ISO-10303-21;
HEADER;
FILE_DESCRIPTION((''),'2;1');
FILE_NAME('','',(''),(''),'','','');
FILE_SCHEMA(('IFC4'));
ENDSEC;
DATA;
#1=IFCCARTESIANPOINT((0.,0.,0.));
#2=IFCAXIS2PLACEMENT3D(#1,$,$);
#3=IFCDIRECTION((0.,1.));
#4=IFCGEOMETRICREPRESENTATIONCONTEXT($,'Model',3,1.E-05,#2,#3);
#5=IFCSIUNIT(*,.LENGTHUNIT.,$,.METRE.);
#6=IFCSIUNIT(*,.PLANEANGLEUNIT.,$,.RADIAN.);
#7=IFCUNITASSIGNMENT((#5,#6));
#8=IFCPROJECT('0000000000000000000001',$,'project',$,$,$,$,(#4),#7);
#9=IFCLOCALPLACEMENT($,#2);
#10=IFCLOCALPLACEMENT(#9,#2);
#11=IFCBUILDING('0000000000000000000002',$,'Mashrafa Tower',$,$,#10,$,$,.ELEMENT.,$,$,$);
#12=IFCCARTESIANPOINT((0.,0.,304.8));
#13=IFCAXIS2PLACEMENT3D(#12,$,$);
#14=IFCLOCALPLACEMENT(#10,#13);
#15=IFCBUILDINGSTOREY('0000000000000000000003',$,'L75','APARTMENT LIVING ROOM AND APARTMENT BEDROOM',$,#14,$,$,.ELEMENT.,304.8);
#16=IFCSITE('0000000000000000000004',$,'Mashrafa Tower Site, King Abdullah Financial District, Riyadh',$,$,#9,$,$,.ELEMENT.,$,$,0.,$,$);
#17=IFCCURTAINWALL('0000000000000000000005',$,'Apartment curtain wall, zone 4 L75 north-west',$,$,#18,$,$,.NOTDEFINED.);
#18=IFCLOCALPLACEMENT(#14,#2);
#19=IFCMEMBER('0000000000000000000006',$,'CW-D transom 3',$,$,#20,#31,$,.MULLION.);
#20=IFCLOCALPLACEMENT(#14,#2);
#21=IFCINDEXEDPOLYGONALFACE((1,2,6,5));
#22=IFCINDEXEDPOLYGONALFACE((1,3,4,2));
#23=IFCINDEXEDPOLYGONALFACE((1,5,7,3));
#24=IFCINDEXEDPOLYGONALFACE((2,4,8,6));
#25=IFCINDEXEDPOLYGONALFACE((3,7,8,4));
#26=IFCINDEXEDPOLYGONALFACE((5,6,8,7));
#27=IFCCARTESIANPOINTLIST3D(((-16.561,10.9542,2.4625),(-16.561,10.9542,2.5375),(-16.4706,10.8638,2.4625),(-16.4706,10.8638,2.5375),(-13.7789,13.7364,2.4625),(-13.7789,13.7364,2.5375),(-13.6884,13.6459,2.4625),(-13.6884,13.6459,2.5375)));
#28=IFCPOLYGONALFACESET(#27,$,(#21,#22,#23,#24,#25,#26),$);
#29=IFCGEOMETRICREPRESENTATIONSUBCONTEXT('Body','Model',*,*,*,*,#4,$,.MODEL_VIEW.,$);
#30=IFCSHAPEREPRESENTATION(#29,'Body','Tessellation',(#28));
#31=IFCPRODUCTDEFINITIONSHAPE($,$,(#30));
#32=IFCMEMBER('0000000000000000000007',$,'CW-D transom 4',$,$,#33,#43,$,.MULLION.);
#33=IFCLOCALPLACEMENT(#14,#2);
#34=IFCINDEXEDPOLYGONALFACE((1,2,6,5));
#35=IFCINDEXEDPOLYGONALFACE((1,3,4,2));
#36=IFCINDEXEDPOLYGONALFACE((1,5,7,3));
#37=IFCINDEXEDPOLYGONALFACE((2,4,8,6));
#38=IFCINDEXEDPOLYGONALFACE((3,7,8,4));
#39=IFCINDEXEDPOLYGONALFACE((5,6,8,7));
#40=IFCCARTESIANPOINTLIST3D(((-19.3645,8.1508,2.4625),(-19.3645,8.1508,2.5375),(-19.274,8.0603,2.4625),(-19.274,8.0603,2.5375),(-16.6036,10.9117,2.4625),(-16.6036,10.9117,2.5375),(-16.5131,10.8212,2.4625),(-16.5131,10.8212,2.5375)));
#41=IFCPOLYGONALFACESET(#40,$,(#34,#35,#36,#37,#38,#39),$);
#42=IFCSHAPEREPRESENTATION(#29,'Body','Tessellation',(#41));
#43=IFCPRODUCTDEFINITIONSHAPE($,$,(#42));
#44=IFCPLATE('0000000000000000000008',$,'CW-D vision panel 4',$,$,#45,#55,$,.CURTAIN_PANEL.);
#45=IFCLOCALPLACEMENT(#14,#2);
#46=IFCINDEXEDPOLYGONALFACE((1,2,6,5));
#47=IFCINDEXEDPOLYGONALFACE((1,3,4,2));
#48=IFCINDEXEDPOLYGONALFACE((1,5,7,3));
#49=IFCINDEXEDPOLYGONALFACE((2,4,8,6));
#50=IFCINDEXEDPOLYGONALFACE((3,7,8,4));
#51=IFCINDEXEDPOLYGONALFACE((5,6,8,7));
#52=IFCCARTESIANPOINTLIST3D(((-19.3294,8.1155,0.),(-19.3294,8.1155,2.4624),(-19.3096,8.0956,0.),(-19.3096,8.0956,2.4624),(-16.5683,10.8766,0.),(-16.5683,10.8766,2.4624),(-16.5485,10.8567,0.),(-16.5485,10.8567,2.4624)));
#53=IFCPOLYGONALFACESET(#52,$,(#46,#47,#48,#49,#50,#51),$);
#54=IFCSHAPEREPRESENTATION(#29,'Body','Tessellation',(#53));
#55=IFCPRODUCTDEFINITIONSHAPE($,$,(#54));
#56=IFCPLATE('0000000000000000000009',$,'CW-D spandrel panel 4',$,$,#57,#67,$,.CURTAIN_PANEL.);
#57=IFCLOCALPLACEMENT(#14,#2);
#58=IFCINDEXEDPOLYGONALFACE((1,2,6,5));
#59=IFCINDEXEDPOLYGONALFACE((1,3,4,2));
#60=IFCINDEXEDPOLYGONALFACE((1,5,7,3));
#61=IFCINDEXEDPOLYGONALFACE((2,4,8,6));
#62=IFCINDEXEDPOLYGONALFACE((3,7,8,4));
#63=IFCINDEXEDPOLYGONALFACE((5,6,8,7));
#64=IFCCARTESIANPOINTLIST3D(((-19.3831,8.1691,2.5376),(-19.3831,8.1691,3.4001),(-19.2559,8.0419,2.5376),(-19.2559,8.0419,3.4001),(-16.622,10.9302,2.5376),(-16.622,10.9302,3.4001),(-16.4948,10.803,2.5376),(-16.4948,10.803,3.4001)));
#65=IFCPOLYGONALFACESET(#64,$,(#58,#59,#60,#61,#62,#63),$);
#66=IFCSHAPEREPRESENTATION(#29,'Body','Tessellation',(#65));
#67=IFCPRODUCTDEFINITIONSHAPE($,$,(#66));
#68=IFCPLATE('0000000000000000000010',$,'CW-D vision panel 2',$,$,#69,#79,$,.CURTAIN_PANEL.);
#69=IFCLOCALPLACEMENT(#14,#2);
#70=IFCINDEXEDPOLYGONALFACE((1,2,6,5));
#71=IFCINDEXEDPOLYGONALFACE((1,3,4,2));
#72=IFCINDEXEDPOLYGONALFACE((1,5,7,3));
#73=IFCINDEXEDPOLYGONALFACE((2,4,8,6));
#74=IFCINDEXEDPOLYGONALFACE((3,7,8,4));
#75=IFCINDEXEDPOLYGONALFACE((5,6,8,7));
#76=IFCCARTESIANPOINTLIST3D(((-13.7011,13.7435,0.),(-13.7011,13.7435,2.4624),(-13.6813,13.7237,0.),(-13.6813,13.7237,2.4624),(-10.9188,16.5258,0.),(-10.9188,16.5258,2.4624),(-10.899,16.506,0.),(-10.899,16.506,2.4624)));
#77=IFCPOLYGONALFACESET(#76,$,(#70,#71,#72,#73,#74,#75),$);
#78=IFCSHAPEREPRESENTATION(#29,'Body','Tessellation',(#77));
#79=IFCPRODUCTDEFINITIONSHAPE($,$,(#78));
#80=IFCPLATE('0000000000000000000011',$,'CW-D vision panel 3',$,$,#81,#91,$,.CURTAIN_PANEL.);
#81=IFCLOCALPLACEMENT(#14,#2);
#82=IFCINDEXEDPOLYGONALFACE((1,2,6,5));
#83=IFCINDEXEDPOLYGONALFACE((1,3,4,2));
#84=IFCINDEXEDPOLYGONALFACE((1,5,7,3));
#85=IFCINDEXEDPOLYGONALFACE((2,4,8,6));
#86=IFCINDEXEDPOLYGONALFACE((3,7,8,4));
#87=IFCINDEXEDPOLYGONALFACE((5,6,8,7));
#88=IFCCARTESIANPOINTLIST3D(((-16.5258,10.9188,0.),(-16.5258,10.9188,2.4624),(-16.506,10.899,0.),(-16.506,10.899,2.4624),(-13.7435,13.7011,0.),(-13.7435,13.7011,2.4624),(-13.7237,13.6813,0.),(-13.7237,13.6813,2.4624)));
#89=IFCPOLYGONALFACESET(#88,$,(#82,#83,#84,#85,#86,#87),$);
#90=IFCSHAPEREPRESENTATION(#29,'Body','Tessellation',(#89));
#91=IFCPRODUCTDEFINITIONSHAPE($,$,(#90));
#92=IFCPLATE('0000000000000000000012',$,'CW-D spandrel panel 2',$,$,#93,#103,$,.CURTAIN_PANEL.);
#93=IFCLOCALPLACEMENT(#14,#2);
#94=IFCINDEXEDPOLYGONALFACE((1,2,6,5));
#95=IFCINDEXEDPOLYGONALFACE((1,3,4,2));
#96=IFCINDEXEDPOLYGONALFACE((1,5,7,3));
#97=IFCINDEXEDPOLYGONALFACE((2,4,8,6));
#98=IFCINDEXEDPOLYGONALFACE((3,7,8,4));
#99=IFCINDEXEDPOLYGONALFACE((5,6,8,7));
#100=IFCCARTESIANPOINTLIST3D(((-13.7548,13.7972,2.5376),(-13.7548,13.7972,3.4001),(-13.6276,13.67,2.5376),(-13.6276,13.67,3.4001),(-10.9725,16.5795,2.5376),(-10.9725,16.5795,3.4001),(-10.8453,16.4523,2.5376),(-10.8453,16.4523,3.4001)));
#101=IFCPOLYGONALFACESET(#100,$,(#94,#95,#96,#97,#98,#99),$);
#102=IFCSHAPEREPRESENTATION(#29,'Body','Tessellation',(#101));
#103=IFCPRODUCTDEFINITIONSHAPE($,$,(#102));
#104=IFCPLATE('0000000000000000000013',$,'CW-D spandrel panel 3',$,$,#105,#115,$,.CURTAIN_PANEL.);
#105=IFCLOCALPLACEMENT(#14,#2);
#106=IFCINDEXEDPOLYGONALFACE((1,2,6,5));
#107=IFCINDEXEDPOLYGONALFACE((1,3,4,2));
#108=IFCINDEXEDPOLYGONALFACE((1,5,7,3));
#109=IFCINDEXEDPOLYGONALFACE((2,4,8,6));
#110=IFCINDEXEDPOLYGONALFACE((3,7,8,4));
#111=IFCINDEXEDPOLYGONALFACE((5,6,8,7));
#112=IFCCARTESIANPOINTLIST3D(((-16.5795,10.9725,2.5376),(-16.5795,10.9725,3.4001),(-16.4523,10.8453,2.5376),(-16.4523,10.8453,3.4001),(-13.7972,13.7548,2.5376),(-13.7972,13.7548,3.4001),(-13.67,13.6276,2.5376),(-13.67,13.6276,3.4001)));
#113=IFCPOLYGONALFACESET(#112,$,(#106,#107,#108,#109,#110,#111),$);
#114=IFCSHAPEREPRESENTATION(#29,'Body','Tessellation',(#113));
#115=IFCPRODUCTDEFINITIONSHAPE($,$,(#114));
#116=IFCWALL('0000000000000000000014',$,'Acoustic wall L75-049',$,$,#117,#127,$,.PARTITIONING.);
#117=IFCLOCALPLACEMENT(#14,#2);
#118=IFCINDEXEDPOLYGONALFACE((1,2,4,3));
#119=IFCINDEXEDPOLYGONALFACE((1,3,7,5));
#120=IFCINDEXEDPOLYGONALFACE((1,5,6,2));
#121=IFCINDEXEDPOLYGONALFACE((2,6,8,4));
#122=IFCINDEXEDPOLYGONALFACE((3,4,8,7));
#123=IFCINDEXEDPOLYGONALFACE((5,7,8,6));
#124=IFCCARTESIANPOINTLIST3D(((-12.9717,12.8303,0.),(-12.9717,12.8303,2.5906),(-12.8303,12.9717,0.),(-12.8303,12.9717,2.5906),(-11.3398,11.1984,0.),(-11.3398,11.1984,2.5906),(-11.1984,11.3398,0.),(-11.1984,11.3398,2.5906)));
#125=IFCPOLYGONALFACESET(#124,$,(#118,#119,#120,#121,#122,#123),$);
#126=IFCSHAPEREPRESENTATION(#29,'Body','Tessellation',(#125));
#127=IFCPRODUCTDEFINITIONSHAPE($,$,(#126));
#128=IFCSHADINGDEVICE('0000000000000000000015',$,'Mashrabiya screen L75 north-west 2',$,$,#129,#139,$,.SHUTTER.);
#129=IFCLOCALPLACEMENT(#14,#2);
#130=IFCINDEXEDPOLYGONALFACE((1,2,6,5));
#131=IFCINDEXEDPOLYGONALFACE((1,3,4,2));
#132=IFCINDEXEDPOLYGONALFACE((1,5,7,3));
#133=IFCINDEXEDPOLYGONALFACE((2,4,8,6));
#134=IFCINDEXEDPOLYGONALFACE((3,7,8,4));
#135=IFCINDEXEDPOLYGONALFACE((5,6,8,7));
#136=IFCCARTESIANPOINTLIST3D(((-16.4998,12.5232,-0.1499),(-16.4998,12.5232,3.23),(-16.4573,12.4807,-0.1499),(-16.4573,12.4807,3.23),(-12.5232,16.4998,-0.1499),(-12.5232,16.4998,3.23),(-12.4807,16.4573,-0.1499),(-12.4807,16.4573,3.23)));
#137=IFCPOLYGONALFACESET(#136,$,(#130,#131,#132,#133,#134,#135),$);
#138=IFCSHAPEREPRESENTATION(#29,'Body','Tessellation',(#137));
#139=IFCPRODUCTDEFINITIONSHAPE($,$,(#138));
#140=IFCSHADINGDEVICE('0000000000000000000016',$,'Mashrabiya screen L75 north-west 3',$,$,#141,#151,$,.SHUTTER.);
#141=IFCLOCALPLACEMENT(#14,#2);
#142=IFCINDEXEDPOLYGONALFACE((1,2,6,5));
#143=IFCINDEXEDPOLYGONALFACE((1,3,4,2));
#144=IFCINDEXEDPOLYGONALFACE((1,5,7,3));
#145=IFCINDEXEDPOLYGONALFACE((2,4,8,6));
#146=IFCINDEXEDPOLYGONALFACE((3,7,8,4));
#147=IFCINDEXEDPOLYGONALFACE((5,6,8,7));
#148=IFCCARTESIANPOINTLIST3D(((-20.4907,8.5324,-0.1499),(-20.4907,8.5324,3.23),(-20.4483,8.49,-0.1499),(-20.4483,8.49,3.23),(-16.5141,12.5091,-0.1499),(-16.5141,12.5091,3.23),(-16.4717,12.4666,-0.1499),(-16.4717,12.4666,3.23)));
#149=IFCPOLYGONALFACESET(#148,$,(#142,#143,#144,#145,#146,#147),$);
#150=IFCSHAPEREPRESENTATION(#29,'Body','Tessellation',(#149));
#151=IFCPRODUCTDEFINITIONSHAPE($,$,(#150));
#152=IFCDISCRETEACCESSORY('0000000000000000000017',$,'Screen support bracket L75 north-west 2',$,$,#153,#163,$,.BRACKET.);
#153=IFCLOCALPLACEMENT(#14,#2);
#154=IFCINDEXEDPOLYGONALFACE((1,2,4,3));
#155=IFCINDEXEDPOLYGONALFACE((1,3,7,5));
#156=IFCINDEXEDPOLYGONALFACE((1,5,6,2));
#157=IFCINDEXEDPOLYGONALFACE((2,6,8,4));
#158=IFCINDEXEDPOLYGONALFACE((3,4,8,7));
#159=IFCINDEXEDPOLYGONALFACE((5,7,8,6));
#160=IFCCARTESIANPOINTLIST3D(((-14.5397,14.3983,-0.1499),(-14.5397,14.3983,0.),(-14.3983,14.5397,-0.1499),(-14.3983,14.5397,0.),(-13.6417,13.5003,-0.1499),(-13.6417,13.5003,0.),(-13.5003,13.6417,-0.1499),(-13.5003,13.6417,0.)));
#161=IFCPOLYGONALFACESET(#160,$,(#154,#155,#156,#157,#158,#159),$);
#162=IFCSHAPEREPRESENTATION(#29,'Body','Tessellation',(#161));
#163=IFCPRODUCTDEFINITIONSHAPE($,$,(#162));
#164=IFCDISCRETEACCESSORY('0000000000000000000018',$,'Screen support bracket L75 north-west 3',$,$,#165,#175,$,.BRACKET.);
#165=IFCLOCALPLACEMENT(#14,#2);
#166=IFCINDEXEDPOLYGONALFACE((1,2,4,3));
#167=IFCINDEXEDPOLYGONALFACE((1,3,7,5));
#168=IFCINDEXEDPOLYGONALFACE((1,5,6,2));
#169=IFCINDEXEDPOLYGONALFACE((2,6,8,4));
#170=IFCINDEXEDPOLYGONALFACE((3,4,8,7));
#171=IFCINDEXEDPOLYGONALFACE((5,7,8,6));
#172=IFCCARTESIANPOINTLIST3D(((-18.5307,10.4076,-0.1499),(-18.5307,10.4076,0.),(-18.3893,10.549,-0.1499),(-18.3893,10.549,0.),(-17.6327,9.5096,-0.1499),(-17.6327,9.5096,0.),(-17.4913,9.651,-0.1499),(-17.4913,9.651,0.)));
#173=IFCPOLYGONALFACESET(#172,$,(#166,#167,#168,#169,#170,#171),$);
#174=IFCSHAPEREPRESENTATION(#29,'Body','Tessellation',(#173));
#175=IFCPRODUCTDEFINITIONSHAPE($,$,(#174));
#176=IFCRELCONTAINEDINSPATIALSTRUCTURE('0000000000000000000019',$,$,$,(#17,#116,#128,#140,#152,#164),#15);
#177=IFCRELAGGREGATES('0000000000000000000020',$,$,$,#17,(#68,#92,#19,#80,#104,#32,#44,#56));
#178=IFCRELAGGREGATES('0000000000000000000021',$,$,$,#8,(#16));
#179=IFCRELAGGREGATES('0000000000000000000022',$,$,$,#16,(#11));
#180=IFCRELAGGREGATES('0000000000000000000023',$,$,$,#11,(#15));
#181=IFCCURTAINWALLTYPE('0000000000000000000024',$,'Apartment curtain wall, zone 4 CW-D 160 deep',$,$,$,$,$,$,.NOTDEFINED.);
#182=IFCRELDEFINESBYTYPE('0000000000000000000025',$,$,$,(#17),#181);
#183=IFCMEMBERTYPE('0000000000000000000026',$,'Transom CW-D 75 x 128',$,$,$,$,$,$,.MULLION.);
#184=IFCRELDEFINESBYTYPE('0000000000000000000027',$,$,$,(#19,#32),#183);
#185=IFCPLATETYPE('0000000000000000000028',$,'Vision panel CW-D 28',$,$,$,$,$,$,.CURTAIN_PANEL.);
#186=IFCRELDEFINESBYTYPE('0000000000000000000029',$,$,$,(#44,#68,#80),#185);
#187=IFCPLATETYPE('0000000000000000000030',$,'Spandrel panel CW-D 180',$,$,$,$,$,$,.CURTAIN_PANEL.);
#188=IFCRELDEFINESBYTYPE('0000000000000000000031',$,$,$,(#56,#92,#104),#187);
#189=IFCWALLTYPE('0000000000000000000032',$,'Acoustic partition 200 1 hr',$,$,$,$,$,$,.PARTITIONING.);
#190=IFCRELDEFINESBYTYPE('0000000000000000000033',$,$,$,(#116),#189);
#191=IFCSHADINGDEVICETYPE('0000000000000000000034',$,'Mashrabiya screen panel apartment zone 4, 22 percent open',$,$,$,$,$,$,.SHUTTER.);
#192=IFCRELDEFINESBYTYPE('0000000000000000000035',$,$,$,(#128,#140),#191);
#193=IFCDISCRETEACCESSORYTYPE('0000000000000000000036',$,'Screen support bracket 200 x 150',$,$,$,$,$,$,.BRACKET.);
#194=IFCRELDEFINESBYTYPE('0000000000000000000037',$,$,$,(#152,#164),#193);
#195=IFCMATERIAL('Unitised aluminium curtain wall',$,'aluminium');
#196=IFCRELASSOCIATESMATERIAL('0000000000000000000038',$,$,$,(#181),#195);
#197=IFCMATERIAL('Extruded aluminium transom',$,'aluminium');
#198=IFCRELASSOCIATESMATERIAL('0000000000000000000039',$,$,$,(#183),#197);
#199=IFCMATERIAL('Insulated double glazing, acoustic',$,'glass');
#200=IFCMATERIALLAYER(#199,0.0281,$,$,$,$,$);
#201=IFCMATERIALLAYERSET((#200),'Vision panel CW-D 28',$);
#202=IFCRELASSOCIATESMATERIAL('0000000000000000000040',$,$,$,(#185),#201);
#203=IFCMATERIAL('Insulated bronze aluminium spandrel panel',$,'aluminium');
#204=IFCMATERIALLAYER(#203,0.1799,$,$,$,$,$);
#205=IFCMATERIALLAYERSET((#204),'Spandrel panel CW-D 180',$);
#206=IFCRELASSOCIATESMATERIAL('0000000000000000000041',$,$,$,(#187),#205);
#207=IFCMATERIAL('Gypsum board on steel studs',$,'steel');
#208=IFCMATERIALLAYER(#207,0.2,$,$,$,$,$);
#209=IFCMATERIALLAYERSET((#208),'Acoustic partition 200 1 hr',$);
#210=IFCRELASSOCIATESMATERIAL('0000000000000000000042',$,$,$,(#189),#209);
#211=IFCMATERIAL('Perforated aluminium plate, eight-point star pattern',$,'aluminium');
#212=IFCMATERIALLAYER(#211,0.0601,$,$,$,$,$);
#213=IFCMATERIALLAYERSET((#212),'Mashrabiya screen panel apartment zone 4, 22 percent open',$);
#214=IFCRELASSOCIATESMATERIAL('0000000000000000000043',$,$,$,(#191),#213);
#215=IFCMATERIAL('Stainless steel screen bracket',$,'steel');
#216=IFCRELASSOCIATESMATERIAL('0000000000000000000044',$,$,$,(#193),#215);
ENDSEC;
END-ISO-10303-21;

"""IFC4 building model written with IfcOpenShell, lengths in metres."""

from ifc_helpers import new_model, si_unit, direction, frame, frame_2d, origin, origin_2d, place, context, subcontext, project, spatial, rectangle, extrude, source, transform, mapped, material, layer, layer_set, material_profile, profile_set, type_object, type_shapes, element, aggregate, save


model = new_model("IFC4")

# Units and contexts
model_context = context("Model", 3, precision=1e-05, world=origin(), true_north=direction((0.0, 1.0)))
body_context = subcontext(model_context, "Body", "Model", "MODEL_VIEW")
ifc_project = project(units=[si_unit("LENGTHUNIT", "METRE"), si_unit("PLANEANGLEUNIT", "RADIAN")], contexts=[model_context])

# Site, building, storey
site_placement = place(None, origin())
site = spatial("IfcSite", under=ifc_project, at=site_placement, Name="Mashrafa Tower Site, King Abdullah Financial District, Riyadh", CompositionType="ELEMENT", RefElevation=0.0)
building_placement = place(site_placement, origin())
building = spatial("IfcBuilding", under=site, at=building_placement, Name="Mashrafa Tower", CompositionType="ELEMENT")
storey_placement = place(building_placement, frame((0.0, 0.0, 304.8)))
storey = spatial("IfcBuildingStorey", under=building, at=storey_placement, Name="L75", Description="APARTMENT LIVING ROOM AND APARTMENT BEDROOM", CompositionType="ELEMENT", Elevation=304.8)

# Curtain wall
ifc_material_1 = material(Name="Unitised aluminium curtain wall", Category="aluminium")
curtain_wall_type = type_object("IfcCurtainWallType", Name="Apartment curtain wall, zone 4 CW-D 160 deep", PredefinedType="NOTDEFINED", material=ifc_material_1)
curtain_wall_1_placement = place(storey_placement, origin())
curtain_wall_1 = element("IfcCurtainWall", 1, at=curtain_wall_1_placement, inside=storey, type_object=curtain_wall_type, Name="Apartment curtain wall, zone 4 L75 north-west", PredefinedType="NOTDEFINED")
ifc_material_2 = material(Name="Extruded aluminium transom", Category="aluminium")
ifc_material_profile_1 = material_profile(ifc_material_2, rectangle(XDim=0.1279, YDim=0.075, at=origin_2d()), Name="Transom 75x128")
ifc_profile_set_1 = profile_set([ifc_material_profile_1], Name="Extruded aluminium transom")
member_type_1 = type_object("IfcMemberType", Name="Transom CW-D 75 x 128", PredefinedType="MULLION", material=ifc_profile_set_1)

# Members
shared_shape_1 = source(origin(), body_context, "Body", "SweptSolid", [
    extrude(rectangle(XDim=0.1279, YDim=0.075, at=origin_2d()), origin(), (0.0, 0.0, 1.0), 3.9346),
])
member_1_placement = place(storey_placement, frame((-13.7336, 13.6912, 2.5), z_axis=(-0.707107, -0.707107, 0.0), x_axis=(0.707107, -0.707107, 0.0)))
member_1 = element("IfcMember", 2, at=member_1_placement, type_object=member_type_1, Name="CW-D transom 3", PredefinedType="MULLION", context=body_context, shape_type="MappedRepresentation", body=[
    mapped(shared_shape_1, transform((0.0, 0.0, 0.0))),
])
shared_shape_2 = source(origin(), body_context, "Body", "SweptSolid", [
    extrude(rectangle(XDim=0.1279, YDim=0.075, at=origin_2d()), origin(), (0.0, 0.0, 1.0), 3.9045),
])
member_2_placement = place(storey_placement, frame((-16.5583, 10.8665, 2.5), z_axis=(-0.707107, -0.707107, 0.0), x_axis=(0.707107, -0.707107, 0.0)))
member_2 = element("IfcMember", 3, at=member_2_placement, type_object=member_type_1, Name="CW-D transom 4", PredefinedType="MULLION", context=body_context, shape_type="MappedRepresentation", body=[
    mapped(shared_shape_2, transform((0.0, 0.0, 0.0))),
])

# Plates
ifc_material_3 = material(Name="Insulated double glazing, acoustic", Category="glass")
ifc_layer_1 = layer(ifc_material_3, 0.0281)
ifc_layer_set_1 = layer_set([ifc_layer_1], Name="Vision panel CW-D 28")
plate_type_1 = type_object("IfcPlateType", Name="Vision panel CW-D 28", PredefinedType="CURTAIN_PANEL", material=ifc_layer_set_1)
shared_shape_3 = source(origin(), body_context, "Body", "SweptSolid", [
    extrude(rectangle(XDim=3.9048, YDim=0.0281, at=origin_2d()), origin(), (0.0, 0.0, 1.0), 2.4624),
])
plate_1_placement = place(storey_placement, frame((-17.939, 9.4861, 0.0), z_axis=(0.0, 0.0, 1.0), x_axis=(-0.707107, -0.707107, 0.0)))
plate_1 = element("IfcPlate", 4, at=plate_1_placement, type_object=plate_type_1, Name="CW-D vision panel 4", PredefinedType="CURTAIN_PANEL", context=body_context, shape_type="MappedRepresentation", body=[
    mapped(shared_shape_3, transform((0.0, 0.0, 0.0))),
])
ifc_material_4 = material(Name="Insulated bronze aluminium spandrel panel", Category="aluminium")
ifc_layer_2 = layer(ifc_material_4, 0.1799)
ifc_layer_set_2 = layer_set([ifc_layer_2], Name="Spandrel panel CW-D 180")
plate_type_2 = type_object("IfcPlateType", Name="Spandrel panel CW-D 180", PredefinedType="CURTAIN_PANEL", material=ifc_layer_set_2)
shared_shape_4 = source(origin(), body_context, "Body", "SweptSolid", [
    extrude(rectangle(XDim=3.9048, YDim=0.1799, at=origin_2d()), origin(), (0.0, 0.0, 1.0), 0.8625),
])
plate_2_placement = place(storey_placement, frame((-17.939, 9.4861, 2.5376), z_axis=(0.0, 0.0, 1.0), x_axis=(-0.707107, -0.707107, 0.0)))
plate_2 = element("IfcPlate", 5, at=plate_2_placement, type_object=plate_type_2, Name="CW-D spandrel panel 4", PredefinedType="CURTAIN_PANEL", context=body_context, shape_type="MappedRepresentation", body=[
    mapped(shared_shape_4, transform((0.0, 0.0, 0.0))),
])
shared_shape_5 = source(origin(), body_context, "Body", "SweptSolid", [
    extrude(rectangle(XDim=3.9348, YDim=0.0281, at=origin_2d()), origin(), (0.0, 0.0, 1.0), 2.4624),
])
type_shapes(plate_type_1, [shared_shape_3, shared_shape_5])
plate_3_placement = place(storey_placement, frame((-12.3, 15.1248, 0.0), z_axis=(0.0, 0.0, 1.0), x_axis=(-0.707107, -0.707107, 0.0)))
plate_3 = element("IfcPlate", 6, at=plate_3_placement, type_object=plate_type_1, Name="CW-D vision panel 2", PredefinedType="CURTAIN_PANEL", context=body_context, shape_type="MappedRepresentation", body=[
    mapped(shared_shape_5, transform((0.0, 0.0, 0.0))),
])
plate_4_placement = place(storey_placement, frame((-15.1248, 12.3, 0.0), z_axis=(0.0, 0.0, 1.0), x_axis=(-0.707107, -0.707107, 0.0)))
plate_4 = element("IfcPlate", 7, at=plate_4_placement, type_object=plate_type_1, Name="CW-D vision panel 3", PredefinedType="CURTAIN_PANEL", context=body_context, shape_type="MappedRepresentation", body=[
    mapped(shared_shape_5, transform((0.0, 0.0, 0.0))),
])
shared_shape_6 = source(origin(), body_context, "Body", "SweptSolid", [
    extrude(rectangle(XDim=3.9348, YDim=0.1799, at=origin_2d()), origin(), (0.0, 0.0, 1.0), 0.8625),
])
type_shapes(plate_type_2, [shared_shape_4, shared_shape_6])
plate_5_placement = place(storey_placement, frame((-12.3, 15.1248, 2.5376), z_axis=(0.0, 0.0, 1.0), x_axis=(-0.707107, -0.707107, 0.0)))
plate_5 = element("IfcPlate", 8, at=plate_5_placement, type_object=plate_type_2, Name="CW-D spandrel panel 2", PredefinedType="CURTAIN_PANEL", context=body_context, shape_type="MappedRepresentation", body=[
    mapped(shared_shape_6, transform((0.0, 0.0, 0.0))),
])
plate_6_placement = place(storey_placement, frame((-15.1248, 12.3, 2.5376), z_axis=(0.0, 0.0, 1.0), x_axis=(-0.707107, -0.707107, 0.0)))
plate_6 = element("IfcPlate", 9, at=plate_6_placement, type_object=plate_type_2, Name="CW-D spandrel panel 3", PredefinedType="CURTAIN_PANEL", context=body_context, shape_type="MappedRepresentation", body=[
    mapped(shared_shape_6, transform((0.0, 0.0, 0.0))),
])
aggregate(curtain_wall_1, [plate_3, plate_5, member_1, plate_4, plate_6, member_2, plate_1, plate_2])

# Wall
ifc_material_5 = material(Name="Gypsum board on steel studs", Category="steel")
ifc_layer_3 = layer(ifc_material_5, 0.2)
ifc_layer_set_3 = layer_set([ifc_layer_3], Name="Acoustic partition 200 1 hr")
wall_type = type_object("IfcWallType", Name="Acoustic partition 200 1 hr", PredefinedType="PARTITIONING", material=ifc_layer_set_3)
wall_placement = place(storey_placement, frame((-12.9009, 12.9009, 0.0), z_axis=(0.0, 0.0, 1.0), x_axis=(0.707107, -0.707107, 0.0)))
element("IfcWall", 10, at=wall_placement, inside=storey, type_object=wall_type, Name="Acoustic wall L75-049", PredefinedType="PARTITIONING", context=body_context, shape_type="SweptSolid", body=[
    extrude(rectangle(XDim=2.3079, YDim=0.2, at=frame_2d((1.1538, 0.0))), origin(), (0.0, 0.0, 1.0), 2.5906),
])

# Shading devices
ifc_material_6 = material(Name="Perforated aluminium plate, eight-point star pattern", Category="aluminium")
ifc_layer_4 = layer(ifc_material_6, 0.0601)
ifc_layer_set_4 = layer_set([ifc_layer_4], Name="Mashrabiya screen panel apartment zone 4, 22 percent open")
shading_device_type = type_object("IfcShadingDeviceType", Name="Mashrabiya screen panel apartment zone 4, 22 percent open", PredefinedType="SHUTTER", material=ifc_layer_set_4)
shared_shape_7 = source(origin(), body_context, "Body", "SweptSolid", [
    extrude(rectangle(XDim=5.6238, YDim=0.0601, at=origin_2d()), origin(), (0.0, 0.0, 1.0), 3.3799),
])
type_shapes(shading_device_type, [shared_shape_7])
for number, where, z_axis, x_axis, name in (
    (11, (-14.4902, 14.4902, -0.1499), (0.0, 0.0, 1.0), (-0.707107, -0.707107, 0.0), "Mashrabiya screen L75 north-west 2"),
    (12, (-18.4812, 10.4995, -0.1499), (0.0, 0.0, 1.0), (-0.707107, -0.707107, 0.0), "Mashrabiya screen L75 north-west 3"),
):
    element("IfcShadingDevice", number, at=place(storey_placement, frame(where, z_axis=z_axis, x_axis=x_axis)), inside=storey, type_object=shading_device_type, Name=name, PredefinedType="SHUTTER", context=body_context, shape_type="MappedRepresentation", body=[
        mapped(shared_shape_7, transform((0.0, 0.0, 0.0))),
    ])

# Discrete accessories
ifc_material_7 = material(Name="Stainless steel screen bracket", Category="steel")
discrete_accessory_type = type_object("IfcDiscreteAccessoryType", Name="Screen support bracket 200 x 150", PredefinedType="BRACKET", material=ifc_material_7)
shared_shape_8 = source(origin(), body_context, "Body", "SweptSolid", [
    extrude(rectangle(XDim=0.2, YDim=1.27, at=origin_2d()), origin(), (0.0, 0.0, 1.0), 0.1499),
])
type_shapes(discrete_accessory_type, [shared_shape_8])
for number, where, z_axis, x_axis, name in (
    (13, (-14.02, 14.02, -0.1499), (0.0, 0.0, 1.0), (-0.707107, -0.707107, 0.0), "Screen support bracket L75 north-west 2"),
    (14, (-18.011, 10.0293, -0.1499), (0.0, 0.0, 1.0), (-0.707107, -0.707107, 0.0), "Screen support bracket L75 north-west 3"),
):
    element("IfcDiscreteAccessory", number, at=place(storey_placement, frame(where, z_axis=z_axis, x_axis=x_axis)), inside=storey, type_object=discrete_accessory_type, Name=name, PredefinedType="BRACKET", context=body_context, shape_type="MappedRepresentation", body=[
        mapped(shared_shape_8, transform((0.0, 0.0, 0.0))),
    ])

save(model, "model.ifc")
